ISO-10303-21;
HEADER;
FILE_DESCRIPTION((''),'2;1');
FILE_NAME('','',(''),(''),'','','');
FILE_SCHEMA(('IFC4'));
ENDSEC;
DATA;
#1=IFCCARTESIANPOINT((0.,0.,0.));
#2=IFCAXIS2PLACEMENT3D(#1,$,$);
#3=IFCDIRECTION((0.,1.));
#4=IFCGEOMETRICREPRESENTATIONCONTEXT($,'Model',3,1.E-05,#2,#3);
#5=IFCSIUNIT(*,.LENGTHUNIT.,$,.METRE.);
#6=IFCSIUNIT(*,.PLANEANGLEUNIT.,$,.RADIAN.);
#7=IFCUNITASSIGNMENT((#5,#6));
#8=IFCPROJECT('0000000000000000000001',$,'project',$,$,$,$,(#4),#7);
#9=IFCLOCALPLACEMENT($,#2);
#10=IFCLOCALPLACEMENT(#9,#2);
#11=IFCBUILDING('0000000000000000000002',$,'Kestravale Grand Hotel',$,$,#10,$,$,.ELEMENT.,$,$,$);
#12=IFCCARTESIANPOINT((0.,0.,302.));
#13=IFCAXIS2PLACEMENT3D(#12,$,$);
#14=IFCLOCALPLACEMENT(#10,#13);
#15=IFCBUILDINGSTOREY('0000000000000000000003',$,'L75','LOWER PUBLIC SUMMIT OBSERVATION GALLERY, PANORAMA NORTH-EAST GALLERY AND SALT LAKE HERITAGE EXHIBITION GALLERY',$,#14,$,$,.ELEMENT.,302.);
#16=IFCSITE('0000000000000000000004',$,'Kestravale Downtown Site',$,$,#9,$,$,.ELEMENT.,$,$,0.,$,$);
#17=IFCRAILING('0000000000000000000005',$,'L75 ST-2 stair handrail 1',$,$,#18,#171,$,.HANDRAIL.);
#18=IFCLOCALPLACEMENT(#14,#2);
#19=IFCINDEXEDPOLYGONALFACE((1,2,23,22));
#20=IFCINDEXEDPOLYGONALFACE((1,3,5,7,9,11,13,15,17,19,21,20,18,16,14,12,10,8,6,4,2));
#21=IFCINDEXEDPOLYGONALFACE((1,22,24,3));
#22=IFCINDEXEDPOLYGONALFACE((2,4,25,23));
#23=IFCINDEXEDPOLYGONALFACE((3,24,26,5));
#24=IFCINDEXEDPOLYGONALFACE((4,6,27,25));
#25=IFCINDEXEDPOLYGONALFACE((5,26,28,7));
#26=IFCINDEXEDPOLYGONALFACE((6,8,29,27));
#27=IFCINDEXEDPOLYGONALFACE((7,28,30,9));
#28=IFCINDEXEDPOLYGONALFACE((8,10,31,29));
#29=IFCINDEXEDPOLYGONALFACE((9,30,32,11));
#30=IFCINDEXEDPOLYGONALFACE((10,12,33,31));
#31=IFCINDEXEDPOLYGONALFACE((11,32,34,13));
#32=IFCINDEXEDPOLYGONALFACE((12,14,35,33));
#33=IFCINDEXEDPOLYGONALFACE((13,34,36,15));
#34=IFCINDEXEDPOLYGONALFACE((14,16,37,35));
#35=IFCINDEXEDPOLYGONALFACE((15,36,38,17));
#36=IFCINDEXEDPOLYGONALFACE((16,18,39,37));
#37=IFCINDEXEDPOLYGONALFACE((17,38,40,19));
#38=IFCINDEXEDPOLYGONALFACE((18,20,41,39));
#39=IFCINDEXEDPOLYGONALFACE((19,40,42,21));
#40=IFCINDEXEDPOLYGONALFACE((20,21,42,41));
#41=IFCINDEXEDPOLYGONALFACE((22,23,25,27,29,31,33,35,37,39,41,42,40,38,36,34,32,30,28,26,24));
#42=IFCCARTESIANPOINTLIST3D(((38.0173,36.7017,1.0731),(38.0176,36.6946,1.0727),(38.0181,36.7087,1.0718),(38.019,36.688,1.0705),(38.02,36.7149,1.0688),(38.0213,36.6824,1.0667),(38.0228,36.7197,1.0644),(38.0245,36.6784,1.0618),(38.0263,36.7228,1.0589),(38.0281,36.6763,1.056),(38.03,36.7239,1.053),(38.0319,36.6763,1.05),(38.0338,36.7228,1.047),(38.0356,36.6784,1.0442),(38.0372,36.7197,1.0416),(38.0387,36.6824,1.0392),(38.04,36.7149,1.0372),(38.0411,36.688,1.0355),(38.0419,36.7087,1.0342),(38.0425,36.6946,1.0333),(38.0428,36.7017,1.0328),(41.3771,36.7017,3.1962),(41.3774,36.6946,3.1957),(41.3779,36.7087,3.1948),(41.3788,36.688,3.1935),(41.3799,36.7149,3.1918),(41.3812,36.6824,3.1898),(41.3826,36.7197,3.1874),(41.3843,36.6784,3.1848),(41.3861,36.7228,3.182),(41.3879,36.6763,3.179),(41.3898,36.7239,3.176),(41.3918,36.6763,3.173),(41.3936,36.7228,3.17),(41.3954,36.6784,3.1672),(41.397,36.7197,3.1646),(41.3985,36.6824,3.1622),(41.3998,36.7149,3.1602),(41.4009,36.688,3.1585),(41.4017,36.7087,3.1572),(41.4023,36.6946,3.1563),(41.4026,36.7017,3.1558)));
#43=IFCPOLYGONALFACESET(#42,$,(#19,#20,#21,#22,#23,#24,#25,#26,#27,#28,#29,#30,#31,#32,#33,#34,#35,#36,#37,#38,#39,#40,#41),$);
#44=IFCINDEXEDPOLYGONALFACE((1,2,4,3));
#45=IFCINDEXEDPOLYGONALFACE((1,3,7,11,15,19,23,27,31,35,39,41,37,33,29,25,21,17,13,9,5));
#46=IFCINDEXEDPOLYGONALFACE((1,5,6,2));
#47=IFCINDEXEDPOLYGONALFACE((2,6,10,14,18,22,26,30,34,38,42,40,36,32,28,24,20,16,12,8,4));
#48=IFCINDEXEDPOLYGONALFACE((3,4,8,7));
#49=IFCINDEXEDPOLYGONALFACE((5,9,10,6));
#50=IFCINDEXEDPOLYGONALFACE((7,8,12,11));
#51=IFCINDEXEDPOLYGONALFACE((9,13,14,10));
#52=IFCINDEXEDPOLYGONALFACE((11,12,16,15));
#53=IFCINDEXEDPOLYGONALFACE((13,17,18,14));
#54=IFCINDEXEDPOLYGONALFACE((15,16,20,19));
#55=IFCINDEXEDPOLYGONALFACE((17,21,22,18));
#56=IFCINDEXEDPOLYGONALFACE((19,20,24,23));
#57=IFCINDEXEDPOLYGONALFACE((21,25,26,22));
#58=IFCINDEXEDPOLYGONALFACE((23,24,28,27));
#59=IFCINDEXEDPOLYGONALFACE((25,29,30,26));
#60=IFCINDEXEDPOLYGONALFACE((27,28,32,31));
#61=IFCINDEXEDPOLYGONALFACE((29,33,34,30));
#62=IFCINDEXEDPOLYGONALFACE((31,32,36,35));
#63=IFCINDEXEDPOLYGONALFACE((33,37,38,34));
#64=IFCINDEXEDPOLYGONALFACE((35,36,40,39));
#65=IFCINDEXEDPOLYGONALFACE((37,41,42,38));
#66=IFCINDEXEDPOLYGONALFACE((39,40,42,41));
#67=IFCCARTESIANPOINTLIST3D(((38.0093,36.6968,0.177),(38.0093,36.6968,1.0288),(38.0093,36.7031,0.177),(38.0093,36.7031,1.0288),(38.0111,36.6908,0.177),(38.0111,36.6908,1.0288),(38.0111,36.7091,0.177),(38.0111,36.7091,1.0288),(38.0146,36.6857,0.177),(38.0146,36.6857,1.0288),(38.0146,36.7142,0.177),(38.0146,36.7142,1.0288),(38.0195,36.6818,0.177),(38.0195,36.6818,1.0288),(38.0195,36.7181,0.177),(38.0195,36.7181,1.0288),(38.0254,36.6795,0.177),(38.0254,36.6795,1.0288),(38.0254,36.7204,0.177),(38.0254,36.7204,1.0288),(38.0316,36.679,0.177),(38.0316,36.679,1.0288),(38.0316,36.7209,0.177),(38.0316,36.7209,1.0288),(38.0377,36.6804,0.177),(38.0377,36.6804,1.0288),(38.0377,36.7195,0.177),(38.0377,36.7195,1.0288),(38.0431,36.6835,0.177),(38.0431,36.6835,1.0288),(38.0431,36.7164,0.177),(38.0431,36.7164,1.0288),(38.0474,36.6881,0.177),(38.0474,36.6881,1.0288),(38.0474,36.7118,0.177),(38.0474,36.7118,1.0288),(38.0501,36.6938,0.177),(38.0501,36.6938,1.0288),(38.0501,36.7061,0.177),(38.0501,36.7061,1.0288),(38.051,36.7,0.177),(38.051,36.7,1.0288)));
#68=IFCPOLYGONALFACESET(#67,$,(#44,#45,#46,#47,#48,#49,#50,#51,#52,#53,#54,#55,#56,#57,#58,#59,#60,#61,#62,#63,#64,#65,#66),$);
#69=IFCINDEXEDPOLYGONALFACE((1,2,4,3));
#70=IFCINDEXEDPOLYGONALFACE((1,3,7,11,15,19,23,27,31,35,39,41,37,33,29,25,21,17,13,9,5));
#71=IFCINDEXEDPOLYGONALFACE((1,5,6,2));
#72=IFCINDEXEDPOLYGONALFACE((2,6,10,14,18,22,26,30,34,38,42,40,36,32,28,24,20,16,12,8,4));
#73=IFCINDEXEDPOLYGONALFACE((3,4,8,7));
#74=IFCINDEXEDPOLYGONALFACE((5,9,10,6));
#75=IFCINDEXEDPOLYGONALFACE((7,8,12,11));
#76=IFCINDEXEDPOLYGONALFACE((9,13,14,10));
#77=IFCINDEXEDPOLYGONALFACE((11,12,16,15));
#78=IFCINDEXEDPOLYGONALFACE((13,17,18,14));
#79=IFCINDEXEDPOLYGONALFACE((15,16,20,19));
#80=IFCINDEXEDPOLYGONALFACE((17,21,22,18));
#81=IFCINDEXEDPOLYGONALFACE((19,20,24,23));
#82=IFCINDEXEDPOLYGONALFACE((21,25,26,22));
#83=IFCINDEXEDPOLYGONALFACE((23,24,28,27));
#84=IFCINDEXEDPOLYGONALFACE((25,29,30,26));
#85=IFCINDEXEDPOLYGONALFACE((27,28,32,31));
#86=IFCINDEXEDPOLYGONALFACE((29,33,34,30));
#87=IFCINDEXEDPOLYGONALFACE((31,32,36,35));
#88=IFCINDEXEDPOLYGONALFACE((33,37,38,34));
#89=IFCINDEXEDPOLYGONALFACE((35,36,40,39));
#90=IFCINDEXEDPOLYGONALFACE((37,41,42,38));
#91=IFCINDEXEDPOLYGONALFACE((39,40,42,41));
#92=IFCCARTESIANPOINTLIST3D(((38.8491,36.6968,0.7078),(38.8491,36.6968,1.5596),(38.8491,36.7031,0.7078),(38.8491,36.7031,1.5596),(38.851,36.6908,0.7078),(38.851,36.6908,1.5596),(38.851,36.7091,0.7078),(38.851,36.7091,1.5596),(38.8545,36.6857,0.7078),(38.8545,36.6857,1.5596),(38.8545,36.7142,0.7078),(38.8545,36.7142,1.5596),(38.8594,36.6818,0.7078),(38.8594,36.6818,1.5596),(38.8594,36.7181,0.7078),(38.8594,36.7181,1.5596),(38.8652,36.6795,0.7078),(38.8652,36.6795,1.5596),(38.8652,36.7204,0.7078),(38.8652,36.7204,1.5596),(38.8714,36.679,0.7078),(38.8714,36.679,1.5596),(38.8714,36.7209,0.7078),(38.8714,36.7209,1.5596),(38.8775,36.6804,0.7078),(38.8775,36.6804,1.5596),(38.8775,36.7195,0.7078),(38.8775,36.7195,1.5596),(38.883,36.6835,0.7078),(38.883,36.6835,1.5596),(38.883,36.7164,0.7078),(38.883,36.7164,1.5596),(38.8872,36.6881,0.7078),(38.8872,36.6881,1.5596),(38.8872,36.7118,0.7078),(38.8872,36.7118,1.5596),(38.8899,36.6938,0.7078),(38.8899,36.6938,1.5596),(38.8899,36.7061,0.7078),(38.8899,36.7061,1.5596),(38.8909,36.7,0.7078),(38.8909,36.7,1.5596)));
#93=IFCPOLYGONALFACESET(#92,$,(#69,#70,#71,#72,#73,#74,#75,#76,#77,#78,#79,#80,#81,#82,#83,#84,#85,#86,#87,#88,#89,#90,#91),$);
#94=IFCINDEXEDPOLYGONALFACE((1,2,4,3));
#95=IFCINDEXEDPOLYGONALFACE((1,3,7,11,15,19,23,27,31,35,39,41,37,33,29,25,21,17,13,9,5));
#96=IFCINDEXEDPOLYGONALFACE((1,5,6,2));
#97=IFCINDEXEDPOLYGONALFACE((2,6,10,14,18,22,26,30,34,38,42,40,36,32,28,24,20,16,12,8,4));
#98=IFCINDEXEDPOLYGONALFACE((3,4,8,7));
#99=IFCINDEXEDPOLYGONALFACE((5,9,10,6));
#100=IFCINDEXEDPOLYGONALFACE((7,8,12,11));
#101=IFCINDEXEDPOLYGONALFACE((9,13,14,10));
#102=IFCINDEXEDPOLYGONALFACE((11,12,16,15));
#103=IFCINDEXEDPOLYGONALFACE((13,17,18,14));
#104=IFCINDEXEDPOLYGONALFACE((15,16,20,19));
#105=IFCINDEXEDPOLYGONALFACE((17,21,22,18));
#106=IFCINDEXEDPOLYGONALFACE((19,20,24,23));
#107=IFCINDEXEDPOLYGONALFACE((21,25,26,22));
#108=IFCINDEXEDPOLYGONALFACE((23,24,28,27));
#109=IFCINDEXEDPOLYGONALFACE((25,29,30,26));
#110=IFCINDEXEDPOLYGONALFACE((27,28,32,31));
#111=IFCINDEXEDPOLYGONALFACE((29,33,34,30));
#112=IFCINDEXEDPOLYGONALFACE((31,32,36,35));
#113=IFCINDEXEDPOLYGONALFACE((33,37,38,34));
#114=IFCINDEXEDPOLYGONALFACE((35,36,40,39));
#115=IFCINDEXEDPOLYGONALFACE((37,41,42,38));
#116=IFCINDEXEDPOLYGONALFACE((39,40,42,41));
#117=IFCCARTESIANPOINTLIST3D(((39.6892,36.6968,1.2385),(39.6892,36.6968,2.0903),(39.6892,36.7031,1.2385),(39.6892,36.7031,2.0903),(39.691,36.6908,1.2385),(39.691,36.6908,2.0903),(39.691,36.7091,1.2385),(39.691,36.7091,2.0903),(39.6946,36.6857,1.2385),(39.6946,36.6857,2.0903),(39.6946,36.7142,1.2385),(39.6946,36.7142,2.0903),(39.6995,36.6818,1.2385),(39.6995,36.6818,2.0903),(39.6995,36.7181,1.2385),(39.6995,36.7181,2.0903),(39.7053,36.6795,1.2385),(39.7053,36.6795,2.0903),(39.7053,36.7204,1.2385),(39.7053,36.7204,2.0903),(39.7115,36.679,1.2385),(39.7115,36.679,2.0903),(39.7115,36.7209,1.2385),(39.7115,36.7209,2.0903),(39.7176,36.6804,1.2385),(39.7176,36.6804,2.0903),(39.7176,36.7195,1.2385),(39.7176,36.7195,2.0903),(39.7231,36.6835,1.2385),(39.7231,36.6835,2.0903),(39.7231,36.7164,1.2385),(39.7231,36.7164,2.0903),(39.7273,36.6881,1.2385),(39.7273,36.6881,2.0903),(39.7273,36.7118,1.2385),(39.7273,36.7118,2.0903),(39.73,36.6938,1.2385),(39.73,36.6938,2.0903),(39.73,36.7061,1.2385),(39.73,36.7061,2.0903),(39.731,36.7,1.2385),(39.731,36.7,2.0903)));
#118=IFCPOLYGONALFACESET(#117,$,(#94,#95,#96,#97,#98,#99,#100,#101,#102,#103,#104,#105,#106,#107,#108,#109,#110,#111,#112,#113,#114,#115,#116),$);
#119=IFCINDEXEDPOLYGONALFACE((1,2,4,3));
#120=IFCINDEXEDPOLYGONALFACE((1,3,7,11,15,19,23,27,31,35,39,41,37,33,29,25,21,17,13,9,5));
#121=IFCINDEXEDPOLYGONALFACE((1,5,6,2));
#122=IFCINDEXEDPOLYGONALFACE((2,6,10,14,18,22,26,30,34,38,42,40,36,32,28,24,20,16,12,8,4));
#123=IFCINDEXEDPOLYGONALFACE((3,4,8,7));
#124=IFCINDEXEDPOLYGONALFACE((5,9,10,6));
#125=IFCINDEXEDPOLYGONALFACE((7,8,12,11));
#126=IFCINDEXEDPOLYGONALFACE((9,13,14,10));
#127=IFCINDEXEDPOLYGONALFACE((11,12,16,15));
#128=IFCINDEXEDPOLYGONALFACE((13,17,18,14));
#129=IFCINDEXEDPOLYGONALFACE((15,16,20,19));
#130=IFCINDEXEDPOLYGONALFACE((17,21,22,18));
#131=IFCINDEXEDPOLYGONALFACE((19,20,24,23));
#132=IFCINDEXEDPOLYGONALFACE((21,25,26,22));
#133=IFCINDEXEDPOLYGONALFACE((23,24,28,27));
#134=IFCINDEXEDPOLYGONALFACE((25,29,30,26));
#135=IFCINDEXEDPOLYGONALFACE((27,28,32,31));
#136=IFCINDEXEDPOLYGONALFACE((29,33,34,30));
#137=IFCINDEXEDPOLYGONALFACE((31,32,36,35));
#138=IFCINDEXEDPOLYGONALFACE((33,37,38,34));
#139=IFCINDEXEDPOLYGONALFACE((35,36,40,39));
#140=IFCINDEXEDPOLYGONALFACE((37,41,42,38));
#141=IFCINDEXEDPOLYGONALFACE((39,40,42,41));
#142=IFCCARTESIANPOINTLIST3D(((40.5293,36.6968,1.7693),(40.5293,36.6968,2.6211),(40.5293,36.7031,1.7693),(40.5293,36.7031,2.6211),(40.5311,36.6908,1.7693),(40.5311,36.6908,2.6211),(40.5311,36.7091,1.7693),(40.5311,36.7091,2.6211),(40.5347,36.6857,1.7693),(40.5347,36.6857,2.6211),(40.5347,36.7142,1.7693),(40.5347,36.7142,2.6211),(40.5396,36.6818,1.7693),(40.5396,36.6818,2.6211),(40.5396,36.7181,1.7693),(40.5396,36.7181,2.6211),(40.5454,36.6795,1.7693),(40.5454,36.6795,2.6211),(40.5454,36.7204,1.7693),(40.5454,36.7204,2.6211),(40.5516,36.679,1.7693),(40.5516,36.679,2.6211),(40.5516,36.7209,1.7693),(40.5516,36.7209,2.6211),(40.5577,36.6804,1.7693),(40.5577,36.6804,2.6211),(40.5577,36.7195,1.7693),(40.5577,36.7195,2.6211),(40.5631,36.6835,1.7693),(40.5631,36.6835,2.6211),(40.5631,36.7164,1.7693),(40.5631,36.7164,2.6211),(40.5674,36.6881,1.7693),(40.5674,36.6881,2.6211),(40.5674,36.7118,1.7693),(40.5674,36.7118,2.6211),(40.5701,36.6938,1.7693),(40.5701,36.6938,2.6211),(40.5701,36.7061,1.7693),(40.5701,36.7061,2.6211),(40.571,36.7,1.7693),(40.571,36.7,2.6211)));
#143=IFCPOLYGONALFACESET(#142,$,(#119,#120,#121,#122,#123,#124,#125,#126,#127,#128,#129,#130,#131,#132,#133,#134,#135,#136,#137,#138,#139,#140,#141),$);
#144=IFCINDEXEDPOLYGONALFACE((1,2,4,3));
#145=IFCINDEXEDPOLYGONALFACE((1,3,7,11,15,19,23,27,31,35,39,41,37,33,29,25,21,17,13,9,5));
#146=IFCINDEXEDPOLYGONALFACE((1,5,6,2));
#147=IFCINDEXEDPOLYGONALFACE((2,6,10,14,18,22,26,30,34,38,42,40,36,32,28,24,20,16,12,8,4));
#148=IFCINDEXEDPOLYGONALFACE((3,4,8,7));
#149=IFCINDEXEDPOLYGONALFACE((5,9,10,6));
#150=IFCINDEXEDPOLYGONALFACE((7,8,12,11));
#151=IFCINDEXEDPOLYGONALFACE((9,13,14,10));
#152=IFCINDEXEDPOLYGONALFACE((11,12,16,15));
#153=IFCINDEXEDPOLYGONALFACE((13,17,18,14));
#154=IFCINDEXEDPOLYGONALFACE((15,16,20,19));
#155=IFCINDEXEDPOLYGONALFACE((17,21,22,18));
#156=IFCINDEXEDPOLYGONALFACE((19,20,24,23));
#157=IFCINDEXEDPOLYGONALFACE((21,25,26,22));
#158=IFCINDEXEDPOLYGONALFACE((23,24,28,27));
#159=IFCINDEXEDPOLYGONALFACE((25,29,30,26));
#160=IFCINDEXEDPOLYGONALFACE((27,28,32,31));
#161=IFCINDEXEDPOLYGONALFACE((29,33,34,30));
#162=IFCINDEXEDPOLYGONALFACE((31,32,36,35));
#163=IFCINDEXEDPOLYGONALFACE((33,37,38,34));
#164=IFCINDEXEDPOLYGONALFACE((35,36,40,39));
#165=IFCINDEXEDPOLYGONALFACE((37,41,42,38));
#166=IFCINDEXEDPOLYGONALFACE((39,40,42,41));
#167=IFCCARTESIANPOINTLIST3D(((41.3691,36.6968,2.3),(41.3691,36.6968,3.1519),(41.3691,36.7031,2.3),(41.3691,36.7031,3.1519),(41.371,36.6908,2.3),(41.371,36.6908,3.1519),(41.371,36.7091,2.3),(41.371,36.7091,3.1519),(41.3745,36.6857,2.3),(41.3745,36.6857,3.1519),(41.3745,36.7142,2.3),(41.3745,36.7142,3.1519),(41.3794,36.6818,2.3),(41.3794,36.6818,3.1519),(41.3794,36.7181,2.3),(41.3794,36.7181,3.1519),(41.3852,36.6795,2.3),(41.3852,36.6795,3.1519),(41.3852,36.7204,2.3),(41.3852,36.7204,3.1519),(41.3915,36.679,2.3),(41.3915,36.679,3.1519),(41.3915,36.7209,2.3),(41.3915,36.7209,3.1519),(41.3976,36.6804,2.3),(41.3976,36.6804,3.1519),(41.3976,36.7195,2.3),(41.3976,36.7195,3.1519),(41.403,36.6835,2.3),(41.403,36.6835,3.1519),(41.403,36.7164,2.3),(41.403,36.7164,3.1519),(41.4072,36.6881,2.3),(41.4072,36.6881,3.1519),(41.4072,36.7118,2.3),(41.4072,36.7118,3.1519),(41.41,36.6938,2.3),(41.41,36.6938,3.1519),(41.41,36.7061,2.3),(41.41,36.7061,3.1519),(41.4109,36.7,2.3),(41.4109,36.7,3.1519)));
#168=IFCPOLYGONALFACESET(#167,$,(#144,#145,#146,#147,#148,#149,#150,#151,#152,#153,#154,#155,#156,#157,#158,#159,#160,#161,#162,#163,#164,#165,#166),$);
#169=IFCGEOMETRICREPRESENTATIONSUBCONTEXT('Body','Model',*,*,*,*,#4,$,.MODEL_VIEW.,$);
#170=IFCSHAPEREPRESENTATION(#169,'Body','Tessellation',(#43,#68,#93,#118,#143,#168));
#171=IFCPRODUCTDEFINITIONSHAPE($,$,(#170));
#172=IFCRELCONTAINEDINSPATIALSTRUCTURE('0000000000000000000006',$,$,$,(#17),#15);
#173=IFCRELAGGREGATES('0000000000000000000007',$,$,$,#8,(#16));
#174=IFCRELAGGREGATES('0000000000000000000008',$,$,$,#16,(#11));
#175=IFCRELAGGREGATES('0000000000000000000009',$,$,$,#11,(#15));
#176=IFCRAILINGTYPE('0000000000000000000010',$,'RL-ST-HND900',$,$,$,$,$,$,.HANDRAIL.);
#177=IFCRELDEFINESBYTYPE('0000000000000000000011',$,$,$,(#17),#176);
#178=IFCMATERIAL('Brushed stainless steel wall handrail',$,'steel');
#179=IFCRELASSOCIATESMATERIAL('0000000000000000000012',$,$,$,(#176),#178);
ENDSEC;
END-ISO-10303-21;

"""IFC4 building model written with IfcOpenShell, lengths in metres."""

from ifc_helpers import new_model, si_unit, direction, frame, origin, origin_2d, place, context, subcontext, project, spatial, circle, extrude, material, type_object, element, save


model = new_model("IFC4")

# Units and contexts
model_context = context("Model", 3, precision=1e-05, world=origin(), true_north=direction((0.0, 1.0)))
body_context = subcontext(model_context, "Body", "Model", "MODEL_VIEW")
ifc_project = project(units=[si_unit("LENGTHUNIT", "METRE"), si_unit("PLANEANGLEUNIT", "RADIAN")], contexts=[model_context])

# Site, building, storey
site_placement = place(None, origin())
site = spatial("IfcSite", under=ifc_project, at=site_placement, Name="Kestravale Downtown Site", CompositionType="ELEMENT", RefElevation=0.0)
building_placement = place(site_placement, origin())
building = spatial("IfcBuilding", under=site, at=building_placement, Name="Kestravale Grand Hotel", CompositionType="ELEMENT")
storey_placement = place(building_placement, frame((0.0, 0.0, 302.0)))
storey = spatial("IfcBuildingStorey", under=building, at=storey_placement, Name="L75", Description="LOWER PUBLIC SUMMIT OBSERVATION GALLERY, PANORAMA NORTH-EAST GALLERY AND SALT LAKE HERITAGE EXHIBITION GALLERY", CompositionType="ELEMENT", Elevation=302.0)

# Railing
ifc_material_1 = material(Name="Brushed stainless steel wall handrail", Category="steel")
railing_type_1 = type_object("IfcRailingType", Name="RL-ST-HND900", PredefinedType="HANDRAIL", material=ifc_material_1)
railing_1_placement = place(storey_placement, frame((38.03, 36.7, 0.177)))
element("IfcRailing", 1, at=railing_1_placement, inside=storey, type_object=railing_type_1, Name="L75 ST-2 stair handrail 1", PredefinedType="HANDRAIL", context=body_context, shape_type="SweptSolid", body=[
    extrude(circle(Radius=0.0239, at=origin_2d()), frame((0.0, 0.0, 0.876), z_axis=(0.845372, 0.0, 0.534178), x_axis=(0.0, 1.0, 0.0)), (0.0, 0.0, 1.0), 3.9744),
    extrude(circle(Radius=0.021, at=origin_2d()), origin(), (0.0, 0.0, 1.0), 0.8518),
    extrude(circle(Radius=0.021, at=origin_2d()), frame((0.8398, 0.0, 0.5308)), (0.0, 0.0, 1.0), 0.8518),
    extrude(circle(Radius=0.021, at=origin_2d()), frame((1.6799, 0.0, 1.0615)), (0.0, 0.0, 1.0), 0.8518),
    extrude(circle(Radius=0.021, at=origin_2d()), frame((2.52, 0.0, 1.5923)), (0.0, 0.0, 1.0), 0.8518),
    extrude(circle(Radius=0.021, at=origin_2d()), frame((3.3599, 0.0, 2.123)), (0.0, 0.0, 1.0), 0.8518),
])

save(model, "model.ifc")
